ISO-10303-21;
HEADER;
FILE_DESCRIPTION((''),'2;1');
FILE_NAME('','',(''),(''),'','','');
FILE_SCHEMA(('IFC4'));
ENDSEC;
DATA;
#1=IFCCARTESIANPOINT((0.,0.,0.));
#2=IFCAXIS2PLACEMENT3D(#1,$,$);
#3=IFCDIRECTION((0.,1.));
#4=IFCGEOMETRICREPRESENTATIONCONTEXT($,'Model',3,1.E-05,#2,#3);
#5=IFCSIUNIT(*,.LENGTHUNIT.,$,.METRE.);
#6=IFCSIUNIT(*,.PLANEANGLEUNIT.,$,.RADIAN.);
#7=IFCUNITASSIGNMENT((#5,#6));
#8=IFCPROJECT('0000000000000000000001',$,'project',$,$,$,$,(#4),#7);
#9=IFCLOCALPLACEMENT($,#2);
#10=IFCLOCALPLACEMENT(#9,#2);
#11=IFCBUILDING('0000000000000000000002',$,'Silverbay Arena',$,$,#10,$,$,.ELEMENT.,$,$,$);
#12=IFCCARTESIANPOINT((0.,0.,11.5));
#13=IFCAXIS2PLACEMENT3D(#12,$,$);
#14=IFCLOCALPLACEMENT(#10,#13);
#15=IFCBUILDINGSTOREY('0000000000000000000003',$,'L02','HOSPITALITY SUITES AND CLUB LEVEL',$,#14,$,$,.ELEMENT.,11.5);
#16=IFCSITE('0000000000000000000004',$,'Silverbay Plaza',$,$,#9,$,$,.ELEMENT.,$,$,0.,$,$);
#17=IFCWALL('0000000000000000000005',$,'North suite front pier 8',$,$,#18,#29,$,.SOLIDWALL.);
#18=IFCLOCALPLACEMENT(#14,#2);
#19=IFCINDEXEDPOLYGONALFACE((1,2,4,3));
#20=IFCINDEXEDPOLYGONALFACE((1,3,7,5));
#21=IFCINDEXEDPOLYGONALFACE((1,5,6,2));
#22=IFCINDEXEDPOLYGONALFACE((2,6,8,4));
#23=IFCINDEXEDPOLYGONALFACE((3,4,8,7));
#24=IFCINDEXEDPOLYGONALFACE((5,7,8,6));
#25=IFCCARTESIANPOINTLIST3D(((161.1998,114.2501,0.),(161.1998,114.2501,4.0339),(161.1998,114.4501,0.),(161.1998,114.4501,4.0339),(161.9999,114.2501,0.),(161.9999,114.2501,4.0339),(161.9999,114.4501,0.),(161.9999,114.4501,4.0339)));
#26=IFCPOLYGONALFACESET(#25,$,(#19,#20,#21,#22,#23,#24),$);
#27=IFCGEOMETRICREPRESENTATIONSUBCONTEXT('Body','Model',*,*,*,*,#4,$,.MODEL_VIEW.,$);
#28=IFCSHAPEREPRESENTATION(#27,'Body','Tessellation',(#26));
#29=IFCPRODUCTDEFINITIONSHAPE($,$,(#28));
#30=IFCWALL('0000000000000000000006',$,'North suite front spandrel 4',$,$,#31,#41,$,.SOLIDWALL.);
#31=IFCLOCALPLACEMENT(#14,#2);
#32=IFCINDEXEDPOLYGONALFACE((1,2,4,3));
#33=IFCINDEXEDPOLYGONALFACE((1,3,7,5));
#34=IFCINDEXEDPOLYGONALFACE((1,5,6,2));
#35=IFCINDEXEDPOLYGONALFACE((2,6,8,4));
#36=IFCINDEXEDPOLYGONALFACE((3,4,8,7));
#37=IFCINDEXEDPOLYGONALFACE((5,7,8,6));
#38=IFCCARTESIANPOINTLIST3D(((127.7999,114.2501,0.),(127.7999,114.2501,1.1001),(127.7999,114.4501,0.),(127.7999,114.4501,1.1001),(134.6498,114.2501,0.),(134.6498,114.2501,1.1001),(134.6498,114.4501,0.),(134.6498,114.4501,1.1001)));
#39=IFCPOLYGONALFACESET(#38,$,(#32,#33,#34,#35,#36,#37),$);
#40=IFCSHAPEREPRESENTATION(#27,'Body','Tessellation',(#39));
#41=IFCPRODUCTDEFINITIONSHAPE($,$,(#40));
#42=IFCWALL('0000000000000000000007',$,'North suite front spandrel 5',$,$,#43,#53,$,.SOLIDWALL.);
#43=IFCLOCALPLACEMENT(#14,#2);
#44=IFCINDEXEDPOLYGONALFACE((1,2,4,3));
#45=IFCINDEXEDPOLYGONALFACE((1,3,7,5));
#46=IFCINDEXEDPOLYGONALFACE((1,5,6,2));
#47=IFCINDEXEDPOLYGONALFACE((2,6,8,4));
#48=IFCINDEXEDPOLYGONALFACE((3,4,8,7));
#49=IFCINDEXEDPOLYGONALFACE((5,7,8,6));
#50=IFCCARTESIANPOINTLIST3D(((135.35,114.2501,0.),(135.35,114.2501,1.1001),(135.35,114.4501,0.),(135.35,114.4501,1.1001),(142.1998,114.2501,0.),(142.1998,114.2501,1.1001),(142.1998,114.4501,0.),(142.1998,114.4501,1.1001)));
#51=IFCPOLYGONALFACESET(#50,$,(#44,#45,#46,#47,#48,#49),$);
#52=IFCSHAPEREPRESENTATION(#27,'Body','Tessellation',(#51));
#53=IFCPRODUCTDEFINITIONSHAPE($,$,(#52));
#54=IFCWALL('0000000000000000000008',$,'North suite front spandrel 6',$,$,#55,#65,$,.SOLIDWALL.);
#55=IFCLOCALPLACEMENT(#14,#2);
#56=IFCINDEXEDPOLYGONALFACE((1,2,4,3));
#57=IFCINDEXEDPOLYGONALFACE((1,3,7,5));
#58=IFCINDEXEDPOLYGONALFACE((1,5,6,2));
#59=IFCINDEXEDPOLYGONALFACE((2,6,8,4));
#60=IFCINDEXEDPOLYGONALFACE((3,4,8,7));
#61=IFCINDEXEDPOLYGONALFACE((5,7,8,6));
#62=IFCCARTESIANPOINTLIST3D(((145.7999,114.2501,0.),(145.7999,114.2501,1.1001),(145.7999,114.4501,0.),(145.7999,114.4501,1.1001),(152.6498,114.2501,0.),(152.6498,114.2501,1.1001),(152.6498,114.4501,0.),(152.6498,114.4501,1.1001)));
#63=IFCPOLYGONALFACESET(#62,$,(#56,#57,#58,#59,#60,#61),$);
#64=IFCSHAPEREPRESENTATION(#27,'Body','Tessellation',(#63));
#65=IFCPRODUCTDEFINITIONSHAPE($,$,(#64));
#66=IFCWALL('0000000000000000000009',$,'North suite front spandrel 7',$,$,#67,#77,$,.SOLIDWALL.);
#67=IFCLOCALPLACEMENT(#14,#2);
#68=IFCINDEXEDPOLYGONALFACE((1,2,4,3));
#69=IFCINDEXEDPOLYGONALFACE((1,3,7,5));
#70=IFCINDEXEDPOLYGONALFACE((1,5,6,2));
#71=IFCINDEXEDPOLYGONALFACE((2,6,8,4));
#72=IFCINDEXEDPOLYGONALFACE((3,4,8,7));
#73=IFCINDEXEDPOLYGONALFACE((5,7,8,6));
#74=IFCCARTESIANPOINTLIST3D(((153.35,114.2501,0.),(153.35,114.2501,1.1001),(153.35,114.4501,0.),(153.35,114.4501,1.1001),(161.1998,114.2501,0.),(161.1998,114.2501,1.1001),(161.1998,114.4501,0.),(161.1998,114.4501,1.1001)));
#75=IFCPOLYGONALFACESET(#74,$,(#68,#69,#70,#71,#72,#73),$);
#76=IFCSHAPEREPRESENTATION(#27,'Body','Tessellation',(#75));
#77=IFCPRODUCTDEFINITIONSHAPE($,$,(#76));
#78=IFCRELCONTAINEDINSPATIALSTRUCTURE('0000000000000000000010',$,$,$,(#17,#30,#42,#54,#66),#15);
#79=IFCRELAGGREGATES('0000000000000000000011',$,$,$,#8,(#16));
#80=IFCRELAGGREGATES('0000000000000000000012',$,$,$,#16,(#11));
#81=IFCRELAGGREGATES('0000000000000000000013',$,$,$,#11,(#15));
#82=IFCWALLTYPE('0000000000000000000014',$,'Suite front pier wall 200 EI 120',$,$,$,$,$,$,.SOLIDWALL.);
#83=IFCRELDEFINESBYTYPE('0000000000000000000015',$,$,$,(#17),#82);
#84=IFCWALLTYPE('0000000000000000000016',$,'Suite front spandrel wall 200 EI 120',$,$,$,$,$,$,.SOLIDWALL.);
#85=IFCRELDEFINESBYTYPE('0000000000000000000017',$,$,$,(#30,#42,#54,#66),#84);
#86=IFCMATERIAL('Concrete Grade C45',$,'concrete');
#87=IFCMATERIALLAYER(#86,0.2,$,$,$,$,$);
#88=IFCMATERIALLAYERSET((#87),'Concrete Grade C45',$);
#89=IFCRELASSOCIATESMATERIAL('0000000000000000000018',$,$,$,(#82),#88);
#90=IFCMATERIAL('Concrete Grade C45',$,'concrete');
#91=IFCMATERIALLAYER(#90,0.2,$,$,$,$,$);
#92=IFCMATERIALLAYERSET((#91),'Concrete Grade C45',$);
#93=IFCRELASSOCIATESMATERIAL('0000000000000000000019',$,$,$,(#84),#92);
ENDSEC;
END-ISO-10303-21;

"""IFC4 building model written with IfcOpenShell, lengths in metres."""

from ifc_helpers import new_model, si_unit, direction, frame, frame_2d, origin, place, context, subcontext, project, spatial, rectangle, extrude, material, layer, layer_set, type_object, element, save


model = new_model("IFC4")

# Units and contexts
model_context = context("Model", 3, precision=1e-05, world=origin(), true_north=direction((0.0, 1.0)))
body_context = subcontext(model_context, "Body", "Model", "MODEL_VIEW")
ifc_project = project(units=[si_unit("LENGTHUNIT", "METRE"), si_unit("PLANEANGLEUNIT", "RADIAN")], contexts=[model_context])

# Site, building, storey
site_placement = place(None, origin())
site = spatial("IfcSite", under=ifc_project, at=site_placement, Name="Silverbay Plaza", CompositionType="ELEMENT", RefElevation=0.0)
building_placement = place(site_placement, origin())
building = spatial("IfcBuilding", under=site, at=building_placement, Name="Silverbay Arena", CompositionType="ELEMENT")
storey_placement = place(building_placement, frame((0.0, 0.0, 11.5)))
storey = spatial("IfcBuildingStorey", under=building, at=storey_placement, Name="L02", Description="HOSPITALITY SUITES AND CLUB LEVEL", CompositionType="ELEMENT", Elevation=11.5)

# Walls
ifc_material_1 = material(Name="Concrete Grade C45", Category="concrete")
ifc_layer_1 = layer(ifc_material_1, 0.2)
ifc_layer_set_1 = layer_set([ifc_layer_1], Name="Concrete Grade C45")
wall_type_1 = type_object("IfcWallType", Name="Suite front pier wall 200 EI 120", PredefinedType="SOLIDWALL", material=ifc_layer_set_1)
wall_1_placement = place(storey_placement, frame((161.2, 114.3501, 0.0), z_axis=(0.0, 0.0, 1.0), x_axis=(1.0, 0.0, 0.0)))
element("IfcWall", 1, at=wall_1_placement, inside=storey, type_object=wall_type_1, Name="North suite front pier 8", PredefinedType="SOLIDWALL", context=body_context, shape_type="SweptSolid", body=[
    extrude(rectangle(XDim=0.8, YDim=0.2, at=frame_2d((0.3999, 0.0))), origin(), (0.0, 0.0, 1.0), 4.0339),
])
ifc_material_2 = material(Name="Concrete Grade C45", Category="concrete")
ifc_layer_2 = layer(ifc_material_2, 0.2)
ifc_layer_set_2 = layer_set([ifc_layer_2], Name="Concrete Grade C45")
wall_type_2 = type_object("IfcWallType", Name="Suite front spandrel wall 200 EI 120", PredefinedType="SOLIDWALL", material=ifc_layer_set_2)
for number, where, z_axis, x_axis, name in (
    (2, (127.8, 114.3501, 0.0), (0.0, 0.0, 1.0), (1.0, 0.0, 0.0), "North suite front spandrel 4"),
    (3, (135.3501, 114.3501, 0.0), (0.0, 0.0, 1.0), (1.0, 0.0, 0.0), "North suite front spandrel 5"),
    (4, (145.8, 114.3501, 0.0), (0.0, 0.0, 1.0), (1.0, 0.0, 0.0), "North suite front spandrel 6"),
):
    element("IfcWall", number, at=place(storey_placement, frame(where, z_axis=z_axis, x_axis=x_axis)), inside=storey, type_object=wall_type_2, Name=name, PredefinedType="SOLIDWALL", context=body_context, shape_type="SweptSolid", body=[
        extrude(rectangle(XDim=6.8499, YDim=0.2, at=frame_2d((3.4248, 0.0))), origin(), (0.0, 0.0, 1.0), 1.1001),
    ])
wall_2_placement = place(storey_placement, frame((153.3501, 114.3501, 0.0), z_axis=(0.0, 0.0, 1.0), x_axis=(1.0, 0.0, 0.0)))
element("IfcWall", 5, at=wall_2_placement, inside=storey, type_object=wall_type_2, Name="North suite front spandrel 7", PredefinedType="SOLIDWALL", context=body_context, shape_type="SweptSolid", body=[
    extrude(rectangle(XDim=7.8499, YDim=0.2, at=frame_2d((3.9248, 0.0))), origin(), (0.0, 0.0, 1.0), 1.1001),
])

save(model, "model.ifc")
